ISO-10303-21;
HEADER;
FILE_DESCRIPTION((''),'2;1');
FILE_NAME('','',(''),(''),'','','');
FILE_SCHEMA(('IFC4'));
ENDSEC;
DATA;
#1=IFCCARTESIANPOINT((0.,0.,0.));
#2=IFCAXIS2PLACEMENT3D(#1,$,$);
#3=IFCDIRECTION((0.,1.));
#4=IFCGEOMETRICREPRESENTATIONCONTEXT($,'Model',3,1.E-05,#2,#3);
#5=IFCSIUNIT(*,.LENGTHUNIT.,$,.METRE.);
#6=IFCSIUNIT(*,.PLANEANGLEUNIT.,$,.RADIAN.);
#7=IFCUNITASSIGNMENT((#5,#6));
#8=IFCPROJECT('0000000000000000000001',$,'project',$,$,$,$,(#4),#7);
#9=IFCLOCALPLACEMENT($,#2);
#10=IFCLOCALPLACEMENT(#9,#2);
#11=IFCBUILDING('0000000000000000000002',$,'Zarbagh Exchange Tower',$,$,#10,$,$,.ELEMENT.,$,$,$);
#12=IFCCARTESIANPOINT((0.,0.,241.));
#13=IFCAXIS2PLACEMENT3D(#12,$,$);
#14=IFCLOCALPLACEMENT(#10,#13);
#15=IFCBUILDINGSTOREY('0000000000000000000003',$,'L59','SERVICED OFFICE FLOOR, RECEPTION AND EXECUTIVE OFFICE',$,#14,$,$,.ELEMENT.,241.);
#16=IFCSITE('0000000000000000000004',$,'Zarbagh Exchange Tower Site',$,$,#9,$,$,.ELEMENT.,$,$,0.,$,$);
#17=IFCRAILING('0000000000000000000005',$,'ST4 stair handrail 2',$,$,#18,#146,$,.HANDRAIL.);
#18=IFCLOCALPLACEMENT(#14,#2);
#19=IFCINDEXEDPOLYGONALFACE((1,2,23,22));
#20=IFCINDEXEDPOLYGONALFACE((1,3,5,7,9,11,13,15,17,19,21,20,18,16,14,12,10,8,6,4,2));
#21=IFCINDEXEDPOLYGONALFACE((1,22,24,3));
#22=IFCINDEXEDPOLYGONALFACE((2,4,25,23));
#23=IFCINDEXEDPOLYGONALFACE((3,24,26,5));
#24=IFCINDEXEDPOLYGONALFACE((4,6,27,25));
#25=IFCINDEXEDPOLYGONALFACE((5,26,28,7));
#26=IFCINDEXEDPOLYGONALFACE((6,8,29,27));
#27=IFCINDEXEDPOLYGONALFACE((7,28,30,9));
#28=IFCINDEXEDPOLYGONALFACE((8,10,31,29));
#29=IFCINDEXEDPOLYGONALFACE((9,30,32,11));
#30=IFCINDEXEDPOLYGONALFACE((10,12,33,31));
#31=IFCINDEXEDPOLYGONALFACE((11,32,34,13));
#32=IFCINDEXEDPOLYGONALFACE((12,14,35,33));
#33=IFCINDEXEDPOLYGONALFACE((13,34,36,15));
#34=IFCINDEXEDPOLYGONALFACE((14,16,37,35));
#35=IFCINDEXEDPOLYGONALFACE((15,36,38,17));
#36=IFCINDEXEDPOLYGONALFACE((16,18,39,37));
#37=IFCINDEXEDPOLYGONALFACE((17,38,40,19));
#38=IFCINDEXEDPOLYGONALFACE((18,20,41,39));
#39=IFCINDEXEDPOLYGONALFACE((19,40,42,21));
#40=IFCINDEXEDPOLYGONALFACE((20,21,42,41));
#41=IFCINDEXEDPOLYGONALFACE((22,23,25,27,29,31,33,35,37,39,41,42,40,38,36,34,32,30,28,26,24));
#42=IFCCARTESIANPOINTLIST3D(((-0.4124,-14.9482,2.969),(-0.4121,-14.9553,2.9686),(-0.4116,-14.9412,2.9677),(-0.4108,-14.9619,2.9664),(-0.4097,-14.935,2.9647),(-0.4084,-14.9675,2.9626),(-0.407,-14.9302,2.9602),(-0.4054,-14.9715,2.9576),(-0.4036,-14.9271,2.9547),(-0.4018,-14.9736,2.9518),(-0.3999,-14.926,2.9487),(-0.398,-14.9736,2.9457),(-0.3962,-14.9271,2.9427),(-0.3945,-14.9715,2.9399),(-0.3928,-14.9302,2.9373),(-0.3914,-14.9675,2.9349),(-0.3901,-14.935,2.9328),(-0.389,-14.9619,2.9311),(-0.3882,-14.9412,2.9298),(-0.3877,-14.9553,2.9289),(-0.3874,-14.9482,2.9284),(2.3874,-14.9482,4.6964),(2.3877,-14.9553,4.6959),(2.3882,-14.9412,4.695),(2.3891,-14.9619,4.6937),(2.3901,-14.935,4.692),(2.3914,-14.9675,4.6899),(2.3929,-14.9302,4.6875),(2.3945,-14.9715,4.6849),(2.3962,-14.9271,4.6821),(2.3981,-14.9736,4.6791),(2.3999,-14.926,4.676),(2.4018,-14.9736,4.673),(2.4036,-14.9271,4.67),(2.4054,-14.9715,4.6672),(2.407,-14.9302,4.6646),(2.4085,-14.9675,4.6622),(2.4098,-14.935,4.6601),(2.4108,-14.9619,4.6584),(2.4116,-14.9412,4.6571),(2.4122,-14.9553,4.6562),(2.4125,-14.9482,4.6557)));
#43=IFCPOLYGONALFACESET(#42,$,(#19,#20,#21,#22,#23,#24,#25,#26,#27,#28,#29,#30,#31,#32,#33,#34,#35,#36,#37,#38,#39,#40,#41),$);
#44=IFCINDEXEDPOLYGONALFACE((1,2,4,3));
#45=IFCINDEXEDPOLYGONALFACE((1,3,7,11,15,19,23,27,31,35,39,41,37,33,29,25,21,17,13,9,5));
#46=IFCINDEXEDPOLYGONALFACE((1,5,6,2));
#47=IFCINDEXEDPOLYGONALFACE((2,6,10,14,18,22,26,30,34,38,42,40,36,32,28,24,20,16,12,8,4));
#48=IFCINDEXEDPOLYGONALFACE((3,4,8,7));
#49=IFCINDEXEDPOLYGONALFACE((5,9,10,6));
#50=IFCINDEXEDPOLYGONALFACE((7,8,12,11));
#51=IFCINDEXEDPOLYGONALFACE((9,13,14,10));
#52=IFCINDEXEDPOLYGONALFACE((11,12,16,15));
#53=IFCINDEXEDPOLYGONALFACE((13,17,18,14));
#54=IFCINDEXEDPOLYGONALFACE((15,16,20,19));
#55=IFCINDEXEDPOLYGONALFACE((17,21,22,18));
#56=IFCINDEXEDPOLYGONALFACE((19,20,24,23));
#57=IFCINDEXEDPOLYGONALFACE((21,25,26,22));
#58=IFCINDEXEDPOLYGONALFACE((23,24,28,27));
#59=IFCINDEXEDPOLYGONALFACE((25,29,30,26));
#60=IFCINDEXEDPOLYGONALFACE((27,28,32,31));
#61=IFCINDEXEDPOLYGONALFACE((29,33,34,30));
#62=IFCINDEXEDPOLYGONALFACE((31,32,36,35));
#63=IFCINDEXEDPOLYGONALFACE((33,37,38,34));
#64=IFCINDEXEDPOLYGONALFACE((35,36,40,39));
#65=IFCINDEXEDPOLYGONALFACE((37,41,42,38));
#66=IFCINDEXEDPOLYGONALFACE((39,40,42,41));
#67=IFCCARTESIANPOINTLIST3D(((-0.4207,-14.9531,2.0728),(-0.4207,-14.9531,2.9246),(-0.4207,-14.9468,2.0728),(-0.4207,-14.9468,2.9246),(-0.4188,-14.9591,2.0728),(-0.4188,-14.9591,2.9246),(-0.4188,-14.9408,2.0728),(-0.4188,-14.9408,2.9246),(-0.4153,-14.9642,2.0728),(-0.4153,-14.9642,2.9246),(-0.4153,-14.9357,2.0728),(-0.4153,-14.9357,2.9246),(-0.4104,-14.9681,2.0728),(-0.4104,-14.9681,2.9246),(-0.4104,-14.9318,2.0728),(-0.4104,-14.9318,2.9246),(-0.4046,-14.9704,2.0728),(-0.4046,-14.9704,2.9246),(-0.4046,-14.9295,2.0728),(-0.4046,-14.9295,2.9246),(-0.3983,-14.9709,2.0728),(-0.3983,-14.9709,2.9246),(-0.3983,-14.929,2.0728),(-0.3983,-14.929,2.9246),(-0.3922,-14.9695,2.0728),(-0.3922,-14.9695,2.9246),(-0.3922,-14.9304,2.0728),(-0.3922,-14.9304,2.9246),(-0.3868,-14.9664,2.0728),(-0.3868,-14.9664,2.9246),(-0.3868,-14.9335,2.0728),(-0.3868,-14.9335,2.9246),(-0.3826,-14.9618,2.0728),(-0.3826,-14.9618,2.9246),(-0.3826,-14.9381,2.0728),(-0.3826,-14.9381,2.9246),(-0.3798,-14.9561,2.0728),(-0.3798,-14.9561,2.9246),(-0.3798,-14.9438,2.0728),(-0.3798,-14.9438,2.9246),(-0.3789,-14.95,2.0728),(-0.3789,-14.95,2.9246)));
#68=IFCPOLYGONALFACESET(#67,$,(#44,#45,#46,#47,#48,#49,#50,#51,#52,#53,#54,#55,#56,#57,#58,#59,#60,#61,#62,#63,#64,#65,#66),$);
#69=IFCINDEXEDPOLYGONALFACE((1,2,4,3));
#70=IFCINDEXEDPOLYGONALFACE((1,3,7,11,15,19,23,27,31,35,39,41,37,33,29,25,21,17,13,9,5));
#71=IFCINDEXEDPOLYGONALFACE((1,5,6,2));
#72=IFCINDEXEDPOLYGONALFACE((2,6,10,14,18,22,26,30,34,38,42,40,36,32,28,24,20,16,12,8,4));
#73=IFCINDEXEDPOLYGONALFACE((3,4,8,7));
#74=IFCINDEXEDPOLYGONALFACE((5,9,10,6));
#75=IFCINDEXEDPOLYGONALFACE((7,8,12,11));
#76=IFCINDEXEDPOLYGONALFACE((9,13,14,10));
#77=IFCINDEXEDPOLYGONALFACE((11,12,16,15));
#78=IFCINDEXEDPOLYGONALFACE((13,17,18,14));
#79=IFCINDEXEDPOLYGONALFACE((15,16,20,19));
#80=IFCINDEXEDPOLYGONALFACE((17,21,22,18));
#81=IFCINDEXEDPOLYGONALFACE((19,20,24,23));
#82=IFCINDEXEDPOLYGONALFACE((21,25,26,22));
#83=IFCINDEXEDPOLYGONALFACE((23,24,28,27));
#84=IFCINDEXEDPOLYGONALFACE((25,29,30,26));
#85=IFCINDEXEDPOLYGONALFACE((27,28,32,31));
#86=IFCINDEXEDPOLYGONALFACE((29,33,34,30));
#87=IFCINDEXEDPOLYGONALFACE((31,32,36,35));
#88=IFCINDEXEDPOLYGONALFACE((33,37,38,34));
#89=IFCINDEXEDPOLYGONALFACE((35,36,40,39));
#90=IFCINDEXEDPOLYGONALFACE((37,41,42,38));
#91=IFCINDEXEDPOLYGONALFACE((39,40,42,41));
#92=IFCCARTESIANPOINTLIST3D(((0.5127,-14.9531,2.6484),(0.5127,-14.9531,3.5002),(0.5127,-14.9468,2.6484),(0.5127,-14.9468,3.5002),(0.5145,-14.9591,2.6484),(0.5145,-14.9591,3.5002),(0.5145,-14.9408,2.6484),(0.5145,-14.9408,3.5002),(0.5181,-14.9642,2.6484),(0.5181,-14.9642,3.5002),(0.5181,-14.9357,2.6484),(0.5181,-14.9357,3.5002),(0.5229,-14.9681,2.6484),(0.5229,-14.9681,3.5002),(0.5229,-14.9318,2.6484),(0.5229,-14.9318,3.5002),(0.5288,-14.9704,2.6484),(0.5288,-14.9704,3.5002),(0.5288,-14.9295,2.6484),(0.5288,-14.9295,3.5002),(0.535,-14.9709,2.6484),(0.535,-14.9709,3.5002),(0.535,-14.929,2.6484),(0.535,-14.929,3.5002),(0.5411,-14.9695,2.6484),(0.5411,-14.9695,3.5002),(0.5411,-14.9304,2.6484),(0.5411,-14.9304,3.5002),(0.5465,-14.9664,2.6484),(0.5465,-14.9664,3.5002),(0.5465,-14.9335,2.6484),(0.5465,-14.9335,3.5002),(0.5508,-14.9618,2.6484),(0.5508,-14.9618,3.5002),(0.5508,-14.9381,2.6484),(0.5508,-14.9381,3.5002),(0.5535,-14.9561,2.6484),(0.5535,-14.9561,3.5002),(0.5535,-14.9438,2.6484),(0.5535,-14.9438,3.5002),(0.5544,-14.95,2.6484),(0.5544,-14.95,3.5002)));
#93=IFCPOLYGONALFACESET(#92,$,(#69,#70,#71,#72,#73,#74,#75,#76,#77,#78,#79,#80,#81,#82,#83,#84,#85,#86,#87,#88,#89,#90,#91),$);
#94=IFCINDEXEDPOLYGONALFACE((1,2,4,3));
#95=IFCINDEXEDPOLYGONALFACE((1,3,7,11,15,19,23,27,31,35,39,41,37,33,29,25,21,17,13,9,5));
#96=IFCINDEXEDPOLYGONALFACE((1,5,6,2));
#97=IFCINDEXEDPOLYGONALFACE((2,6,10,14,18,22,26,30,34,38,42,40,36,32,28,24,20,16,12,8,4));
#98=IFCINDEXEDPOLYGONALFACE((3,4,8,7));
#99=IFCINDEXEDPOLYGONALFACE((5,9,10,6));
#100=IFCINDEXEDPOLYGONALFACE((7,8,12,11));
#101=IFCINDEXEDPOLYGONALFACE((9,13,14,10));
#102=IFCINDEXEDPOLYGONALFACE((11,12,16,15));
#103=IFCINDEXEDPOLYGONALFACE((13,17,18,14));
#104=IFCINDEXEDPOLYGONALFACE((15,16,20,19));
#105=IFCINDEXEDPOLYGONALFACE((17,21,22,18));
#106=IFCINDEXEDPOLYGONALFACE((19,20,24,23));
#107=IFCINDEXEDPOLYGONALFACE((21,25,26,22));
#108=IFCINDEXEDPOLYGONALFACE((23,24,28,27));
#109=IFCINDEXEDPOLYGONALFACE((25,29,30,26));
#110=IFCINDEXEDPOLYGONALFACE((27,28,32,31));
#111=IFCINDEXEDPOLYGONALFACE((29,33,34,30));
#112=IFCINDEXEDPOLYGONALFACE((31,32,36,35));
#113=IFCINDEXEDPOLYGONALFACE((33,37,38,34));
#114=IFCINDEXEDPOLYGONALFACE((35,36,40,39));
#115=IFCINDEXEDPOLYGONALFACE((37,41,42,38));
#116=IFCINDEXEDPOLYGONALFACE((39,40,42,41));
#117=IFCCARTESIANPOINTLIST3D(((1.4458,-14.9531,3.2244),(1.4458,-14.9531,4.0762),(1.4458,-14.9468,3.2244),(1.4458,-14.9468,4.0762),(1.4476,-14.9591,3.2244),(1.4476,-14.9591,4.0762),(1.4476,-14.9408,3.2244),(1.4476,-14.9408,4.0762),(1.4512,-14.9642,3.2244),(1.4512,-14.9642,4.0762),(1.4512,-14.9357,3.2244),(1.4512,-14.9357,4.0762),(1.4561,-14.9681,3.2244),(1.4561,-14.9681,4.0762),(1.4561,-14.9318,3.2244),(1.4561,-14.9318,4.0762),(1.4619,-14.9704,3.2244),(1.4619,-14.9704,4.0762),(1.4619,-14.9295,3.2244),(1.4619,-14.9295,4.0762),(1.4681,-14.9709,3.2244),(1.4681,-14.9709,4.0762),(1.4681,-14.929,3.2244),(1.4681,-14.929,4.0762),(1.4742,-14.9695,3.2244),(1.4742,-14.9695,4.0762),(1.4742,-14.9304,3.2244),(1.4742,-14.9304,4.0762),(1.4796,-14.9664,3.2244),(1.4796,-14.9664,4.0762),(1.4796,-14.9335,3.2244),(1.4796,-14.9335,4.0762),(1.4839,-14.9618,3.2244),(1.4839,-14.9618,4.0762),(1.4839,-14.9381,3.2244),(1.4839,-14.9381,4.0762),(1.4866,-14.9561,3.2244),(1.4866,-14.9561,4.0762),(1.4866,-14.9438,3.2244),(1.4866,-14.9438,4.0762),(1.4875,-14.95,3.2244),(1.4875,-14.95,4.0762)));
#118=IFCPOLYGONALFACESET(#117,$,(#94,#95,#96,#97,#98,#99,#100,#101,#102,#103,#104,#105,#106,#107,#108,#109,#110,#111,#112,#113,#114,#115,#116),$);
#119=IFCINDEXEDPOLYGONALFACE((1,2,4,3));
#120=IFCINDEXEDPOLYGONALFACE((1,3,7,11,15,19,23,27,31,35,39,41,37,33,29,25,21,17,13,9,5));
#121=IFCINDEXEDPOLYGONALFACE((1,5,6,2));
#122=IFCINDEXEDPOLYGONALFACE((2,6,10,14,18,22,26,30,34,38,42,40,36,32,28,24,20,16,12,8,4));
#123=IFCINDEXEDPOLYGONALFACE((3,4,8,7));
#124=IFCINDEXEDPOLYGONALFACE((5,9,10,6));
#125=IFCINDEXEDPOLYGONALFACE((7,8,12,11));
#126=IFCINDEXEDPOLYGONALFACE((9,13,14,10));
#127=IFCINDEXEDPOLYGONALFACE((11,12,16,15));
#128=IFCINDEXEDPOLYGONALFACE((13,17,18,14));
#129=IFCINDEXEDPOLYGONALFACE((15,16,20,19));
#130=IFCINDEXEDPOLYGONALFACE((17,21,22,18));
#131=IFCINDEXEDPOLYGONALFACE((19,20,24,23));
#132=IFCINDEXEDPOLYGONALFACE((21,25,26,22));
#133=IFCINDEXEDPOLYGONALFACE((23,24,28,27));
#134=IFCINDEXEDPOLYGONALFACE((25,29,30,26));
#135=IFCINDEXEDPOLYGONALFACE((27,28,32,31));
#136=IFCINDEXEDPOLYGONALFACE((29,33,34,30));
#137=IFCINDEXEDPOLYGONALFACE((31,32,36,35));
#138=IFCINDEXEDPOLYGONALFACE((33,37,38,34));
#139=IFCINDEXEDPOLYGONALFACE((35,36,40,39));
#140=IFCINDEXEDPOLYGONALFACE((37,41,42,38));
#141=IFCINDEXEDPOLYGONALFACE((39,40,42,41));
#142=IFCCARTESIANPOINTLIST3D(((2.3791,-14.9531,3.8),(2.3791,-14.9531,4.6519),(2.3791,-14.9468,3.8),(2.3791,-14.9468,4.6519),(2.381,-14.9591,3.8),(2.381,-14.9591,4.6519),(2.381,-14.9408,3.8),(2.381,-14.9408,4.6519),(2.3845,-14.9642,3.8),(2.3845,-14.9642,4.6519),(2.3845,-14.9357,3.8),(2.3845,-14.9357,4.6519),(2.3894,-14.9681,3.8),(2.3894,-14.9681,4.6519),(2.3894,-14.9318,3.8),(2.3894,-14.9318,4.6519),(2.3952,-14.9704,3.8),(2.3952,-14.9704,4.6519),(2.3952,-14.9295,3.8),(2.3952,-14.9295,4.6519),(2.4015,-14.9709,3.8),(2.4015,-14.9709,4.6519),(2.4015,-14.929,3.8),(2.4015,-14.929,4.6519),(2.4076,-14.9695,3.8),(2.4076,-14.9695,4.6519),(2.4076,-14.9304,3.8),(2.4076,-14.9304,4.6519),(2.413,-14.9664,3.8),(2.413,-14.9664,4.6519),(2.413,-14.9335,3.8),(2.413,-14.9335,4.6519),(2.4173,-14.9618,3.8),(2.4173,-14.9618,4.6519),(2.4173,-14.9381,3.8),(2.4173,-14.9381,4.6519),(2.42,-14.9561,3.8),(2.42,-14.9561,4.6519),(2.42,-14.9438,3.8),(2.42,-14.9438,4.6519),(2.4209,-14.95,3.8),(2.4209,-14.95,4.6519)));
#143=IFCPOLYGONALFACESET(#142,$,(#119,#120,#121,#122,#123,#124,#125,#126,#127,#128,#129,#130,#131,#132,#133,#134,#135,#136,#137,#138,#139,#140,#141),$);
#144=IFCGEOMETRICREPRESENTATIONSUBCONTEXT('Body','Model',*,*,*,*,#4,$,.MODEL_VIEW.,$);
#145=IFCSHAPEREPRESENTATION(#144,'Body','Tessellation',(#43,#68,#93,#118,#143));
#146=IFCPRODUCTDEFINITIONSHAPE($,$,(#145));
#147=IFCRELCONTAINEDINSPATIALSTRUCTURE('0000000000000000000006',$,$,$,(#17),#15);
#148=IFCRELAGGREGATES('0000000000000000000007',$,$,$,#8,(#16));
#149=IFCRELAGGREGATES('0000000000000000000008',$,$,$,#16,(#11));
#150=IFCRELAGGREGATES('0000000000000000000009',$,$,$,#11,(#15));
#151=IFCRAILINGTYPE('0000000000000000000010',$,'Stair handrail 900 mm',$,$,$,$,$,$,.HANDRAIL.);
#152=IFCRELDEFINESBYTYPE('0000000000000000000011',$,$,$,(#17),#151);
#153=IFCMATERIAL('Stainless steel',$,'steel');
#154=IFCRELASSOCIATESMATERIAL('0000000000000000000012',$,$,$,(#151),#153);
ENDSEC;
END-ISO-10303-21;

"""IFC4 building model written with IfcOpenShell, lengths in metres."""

from ifc_helpers import new_model, si_unit, direction, frame, origin, origin_2d, place, context, subcontext, project, spatial, circle, extrude, material, type_object, element, save


model = new_model("IFC4")

# Units and contexts
model_context = context("Model", 3, precision=1e-05, world=origin(), true_north=direction((0.0, 1.0)))
body_context = subcontext(model_context, "Body", "Model", "MODEL_VIEW")
ifc_project = project(units=[si_unit("LENGTHUNIT", "METRE"), si_unit("PLANEANGLEUNIT", "RADIAN")], contexts=[model_context])

# Site, building, storey
site_placement = place(None, origin())
site = spatial("IfcSite", under=ifc_project, at=site_placement, Name="Zarbagh Exchange Tower Site", CompositionType="ELEMENT", RefElevation=0.0)
building_placement = place(site_placement, origin())
building = spatial("IfcBuilding", under=site, at=building_placement, Name="Zarbagh Exchange Tower", CompositionType="ELEMENT")
storey_placement = place(building_placement, frame((0.0, 0.0, 241.0)))
storey = spatial("IfcBuildingStorey", under=building, at=storey_placement, Name="L59", Description="SERVICED OFFICE FLOOR, RECEPTION AND EXECUTIVE OFFICE", CompositionType="ELEMENT", Elevation=241.0)

# Shared definitions
ifc_material_1 = material(Name="Stainless steel", Category="steel")

# Railing
railing_type = type_object("IfcRailingType", Name="Stair handrail 900 mm", PredefinedType="HANDRAIL", material=ifc_material_1)
railing_placement = place(storey_placement, frame((-0.3999, -14.95, 2.0728)))
element("IfcRailing", 1, at=railing_placement, inside=storey, type_object=railing_type, Name="ST4 stair handrail 2", PredefinedType="HANDRAIL", context=body_context, shape_type="SweptSolid", body=[
    extrude(circle(Radius=0.0239, at=origin_2d()), frame((0.0, 0.0, 0.876), z_axis=(0.851069, 0.0, 0.525054), x_axis=(0.0, 1.0, 0.0)), (0.0, 0.0, 1.0), 3.2898),
    extrude(circle(Radius=0.021, at=origin_2d()), origin(), (0.0, 0.0, 1.0), 0.8518),
    extrude(circle(Radius=0.021, at=origin_2d()), frame((0.9333, 0.0, 0.5757)), (0.0, 0.0, 1.0), 0.8518),
    extrude(circle(Radius=0.021, at=origin_2d()), frame((1.8665, 0.0, 1.1516)), (0.0, 0.0, 1.0), 0.8518),
    extrude(circle(Radius=0.021, at=origin_2d()), frame((2.7998, 0.0, 1.7273)), (0.0, 0.0, 1.0), 0.8518),
])

save(model, "model.ifc")
